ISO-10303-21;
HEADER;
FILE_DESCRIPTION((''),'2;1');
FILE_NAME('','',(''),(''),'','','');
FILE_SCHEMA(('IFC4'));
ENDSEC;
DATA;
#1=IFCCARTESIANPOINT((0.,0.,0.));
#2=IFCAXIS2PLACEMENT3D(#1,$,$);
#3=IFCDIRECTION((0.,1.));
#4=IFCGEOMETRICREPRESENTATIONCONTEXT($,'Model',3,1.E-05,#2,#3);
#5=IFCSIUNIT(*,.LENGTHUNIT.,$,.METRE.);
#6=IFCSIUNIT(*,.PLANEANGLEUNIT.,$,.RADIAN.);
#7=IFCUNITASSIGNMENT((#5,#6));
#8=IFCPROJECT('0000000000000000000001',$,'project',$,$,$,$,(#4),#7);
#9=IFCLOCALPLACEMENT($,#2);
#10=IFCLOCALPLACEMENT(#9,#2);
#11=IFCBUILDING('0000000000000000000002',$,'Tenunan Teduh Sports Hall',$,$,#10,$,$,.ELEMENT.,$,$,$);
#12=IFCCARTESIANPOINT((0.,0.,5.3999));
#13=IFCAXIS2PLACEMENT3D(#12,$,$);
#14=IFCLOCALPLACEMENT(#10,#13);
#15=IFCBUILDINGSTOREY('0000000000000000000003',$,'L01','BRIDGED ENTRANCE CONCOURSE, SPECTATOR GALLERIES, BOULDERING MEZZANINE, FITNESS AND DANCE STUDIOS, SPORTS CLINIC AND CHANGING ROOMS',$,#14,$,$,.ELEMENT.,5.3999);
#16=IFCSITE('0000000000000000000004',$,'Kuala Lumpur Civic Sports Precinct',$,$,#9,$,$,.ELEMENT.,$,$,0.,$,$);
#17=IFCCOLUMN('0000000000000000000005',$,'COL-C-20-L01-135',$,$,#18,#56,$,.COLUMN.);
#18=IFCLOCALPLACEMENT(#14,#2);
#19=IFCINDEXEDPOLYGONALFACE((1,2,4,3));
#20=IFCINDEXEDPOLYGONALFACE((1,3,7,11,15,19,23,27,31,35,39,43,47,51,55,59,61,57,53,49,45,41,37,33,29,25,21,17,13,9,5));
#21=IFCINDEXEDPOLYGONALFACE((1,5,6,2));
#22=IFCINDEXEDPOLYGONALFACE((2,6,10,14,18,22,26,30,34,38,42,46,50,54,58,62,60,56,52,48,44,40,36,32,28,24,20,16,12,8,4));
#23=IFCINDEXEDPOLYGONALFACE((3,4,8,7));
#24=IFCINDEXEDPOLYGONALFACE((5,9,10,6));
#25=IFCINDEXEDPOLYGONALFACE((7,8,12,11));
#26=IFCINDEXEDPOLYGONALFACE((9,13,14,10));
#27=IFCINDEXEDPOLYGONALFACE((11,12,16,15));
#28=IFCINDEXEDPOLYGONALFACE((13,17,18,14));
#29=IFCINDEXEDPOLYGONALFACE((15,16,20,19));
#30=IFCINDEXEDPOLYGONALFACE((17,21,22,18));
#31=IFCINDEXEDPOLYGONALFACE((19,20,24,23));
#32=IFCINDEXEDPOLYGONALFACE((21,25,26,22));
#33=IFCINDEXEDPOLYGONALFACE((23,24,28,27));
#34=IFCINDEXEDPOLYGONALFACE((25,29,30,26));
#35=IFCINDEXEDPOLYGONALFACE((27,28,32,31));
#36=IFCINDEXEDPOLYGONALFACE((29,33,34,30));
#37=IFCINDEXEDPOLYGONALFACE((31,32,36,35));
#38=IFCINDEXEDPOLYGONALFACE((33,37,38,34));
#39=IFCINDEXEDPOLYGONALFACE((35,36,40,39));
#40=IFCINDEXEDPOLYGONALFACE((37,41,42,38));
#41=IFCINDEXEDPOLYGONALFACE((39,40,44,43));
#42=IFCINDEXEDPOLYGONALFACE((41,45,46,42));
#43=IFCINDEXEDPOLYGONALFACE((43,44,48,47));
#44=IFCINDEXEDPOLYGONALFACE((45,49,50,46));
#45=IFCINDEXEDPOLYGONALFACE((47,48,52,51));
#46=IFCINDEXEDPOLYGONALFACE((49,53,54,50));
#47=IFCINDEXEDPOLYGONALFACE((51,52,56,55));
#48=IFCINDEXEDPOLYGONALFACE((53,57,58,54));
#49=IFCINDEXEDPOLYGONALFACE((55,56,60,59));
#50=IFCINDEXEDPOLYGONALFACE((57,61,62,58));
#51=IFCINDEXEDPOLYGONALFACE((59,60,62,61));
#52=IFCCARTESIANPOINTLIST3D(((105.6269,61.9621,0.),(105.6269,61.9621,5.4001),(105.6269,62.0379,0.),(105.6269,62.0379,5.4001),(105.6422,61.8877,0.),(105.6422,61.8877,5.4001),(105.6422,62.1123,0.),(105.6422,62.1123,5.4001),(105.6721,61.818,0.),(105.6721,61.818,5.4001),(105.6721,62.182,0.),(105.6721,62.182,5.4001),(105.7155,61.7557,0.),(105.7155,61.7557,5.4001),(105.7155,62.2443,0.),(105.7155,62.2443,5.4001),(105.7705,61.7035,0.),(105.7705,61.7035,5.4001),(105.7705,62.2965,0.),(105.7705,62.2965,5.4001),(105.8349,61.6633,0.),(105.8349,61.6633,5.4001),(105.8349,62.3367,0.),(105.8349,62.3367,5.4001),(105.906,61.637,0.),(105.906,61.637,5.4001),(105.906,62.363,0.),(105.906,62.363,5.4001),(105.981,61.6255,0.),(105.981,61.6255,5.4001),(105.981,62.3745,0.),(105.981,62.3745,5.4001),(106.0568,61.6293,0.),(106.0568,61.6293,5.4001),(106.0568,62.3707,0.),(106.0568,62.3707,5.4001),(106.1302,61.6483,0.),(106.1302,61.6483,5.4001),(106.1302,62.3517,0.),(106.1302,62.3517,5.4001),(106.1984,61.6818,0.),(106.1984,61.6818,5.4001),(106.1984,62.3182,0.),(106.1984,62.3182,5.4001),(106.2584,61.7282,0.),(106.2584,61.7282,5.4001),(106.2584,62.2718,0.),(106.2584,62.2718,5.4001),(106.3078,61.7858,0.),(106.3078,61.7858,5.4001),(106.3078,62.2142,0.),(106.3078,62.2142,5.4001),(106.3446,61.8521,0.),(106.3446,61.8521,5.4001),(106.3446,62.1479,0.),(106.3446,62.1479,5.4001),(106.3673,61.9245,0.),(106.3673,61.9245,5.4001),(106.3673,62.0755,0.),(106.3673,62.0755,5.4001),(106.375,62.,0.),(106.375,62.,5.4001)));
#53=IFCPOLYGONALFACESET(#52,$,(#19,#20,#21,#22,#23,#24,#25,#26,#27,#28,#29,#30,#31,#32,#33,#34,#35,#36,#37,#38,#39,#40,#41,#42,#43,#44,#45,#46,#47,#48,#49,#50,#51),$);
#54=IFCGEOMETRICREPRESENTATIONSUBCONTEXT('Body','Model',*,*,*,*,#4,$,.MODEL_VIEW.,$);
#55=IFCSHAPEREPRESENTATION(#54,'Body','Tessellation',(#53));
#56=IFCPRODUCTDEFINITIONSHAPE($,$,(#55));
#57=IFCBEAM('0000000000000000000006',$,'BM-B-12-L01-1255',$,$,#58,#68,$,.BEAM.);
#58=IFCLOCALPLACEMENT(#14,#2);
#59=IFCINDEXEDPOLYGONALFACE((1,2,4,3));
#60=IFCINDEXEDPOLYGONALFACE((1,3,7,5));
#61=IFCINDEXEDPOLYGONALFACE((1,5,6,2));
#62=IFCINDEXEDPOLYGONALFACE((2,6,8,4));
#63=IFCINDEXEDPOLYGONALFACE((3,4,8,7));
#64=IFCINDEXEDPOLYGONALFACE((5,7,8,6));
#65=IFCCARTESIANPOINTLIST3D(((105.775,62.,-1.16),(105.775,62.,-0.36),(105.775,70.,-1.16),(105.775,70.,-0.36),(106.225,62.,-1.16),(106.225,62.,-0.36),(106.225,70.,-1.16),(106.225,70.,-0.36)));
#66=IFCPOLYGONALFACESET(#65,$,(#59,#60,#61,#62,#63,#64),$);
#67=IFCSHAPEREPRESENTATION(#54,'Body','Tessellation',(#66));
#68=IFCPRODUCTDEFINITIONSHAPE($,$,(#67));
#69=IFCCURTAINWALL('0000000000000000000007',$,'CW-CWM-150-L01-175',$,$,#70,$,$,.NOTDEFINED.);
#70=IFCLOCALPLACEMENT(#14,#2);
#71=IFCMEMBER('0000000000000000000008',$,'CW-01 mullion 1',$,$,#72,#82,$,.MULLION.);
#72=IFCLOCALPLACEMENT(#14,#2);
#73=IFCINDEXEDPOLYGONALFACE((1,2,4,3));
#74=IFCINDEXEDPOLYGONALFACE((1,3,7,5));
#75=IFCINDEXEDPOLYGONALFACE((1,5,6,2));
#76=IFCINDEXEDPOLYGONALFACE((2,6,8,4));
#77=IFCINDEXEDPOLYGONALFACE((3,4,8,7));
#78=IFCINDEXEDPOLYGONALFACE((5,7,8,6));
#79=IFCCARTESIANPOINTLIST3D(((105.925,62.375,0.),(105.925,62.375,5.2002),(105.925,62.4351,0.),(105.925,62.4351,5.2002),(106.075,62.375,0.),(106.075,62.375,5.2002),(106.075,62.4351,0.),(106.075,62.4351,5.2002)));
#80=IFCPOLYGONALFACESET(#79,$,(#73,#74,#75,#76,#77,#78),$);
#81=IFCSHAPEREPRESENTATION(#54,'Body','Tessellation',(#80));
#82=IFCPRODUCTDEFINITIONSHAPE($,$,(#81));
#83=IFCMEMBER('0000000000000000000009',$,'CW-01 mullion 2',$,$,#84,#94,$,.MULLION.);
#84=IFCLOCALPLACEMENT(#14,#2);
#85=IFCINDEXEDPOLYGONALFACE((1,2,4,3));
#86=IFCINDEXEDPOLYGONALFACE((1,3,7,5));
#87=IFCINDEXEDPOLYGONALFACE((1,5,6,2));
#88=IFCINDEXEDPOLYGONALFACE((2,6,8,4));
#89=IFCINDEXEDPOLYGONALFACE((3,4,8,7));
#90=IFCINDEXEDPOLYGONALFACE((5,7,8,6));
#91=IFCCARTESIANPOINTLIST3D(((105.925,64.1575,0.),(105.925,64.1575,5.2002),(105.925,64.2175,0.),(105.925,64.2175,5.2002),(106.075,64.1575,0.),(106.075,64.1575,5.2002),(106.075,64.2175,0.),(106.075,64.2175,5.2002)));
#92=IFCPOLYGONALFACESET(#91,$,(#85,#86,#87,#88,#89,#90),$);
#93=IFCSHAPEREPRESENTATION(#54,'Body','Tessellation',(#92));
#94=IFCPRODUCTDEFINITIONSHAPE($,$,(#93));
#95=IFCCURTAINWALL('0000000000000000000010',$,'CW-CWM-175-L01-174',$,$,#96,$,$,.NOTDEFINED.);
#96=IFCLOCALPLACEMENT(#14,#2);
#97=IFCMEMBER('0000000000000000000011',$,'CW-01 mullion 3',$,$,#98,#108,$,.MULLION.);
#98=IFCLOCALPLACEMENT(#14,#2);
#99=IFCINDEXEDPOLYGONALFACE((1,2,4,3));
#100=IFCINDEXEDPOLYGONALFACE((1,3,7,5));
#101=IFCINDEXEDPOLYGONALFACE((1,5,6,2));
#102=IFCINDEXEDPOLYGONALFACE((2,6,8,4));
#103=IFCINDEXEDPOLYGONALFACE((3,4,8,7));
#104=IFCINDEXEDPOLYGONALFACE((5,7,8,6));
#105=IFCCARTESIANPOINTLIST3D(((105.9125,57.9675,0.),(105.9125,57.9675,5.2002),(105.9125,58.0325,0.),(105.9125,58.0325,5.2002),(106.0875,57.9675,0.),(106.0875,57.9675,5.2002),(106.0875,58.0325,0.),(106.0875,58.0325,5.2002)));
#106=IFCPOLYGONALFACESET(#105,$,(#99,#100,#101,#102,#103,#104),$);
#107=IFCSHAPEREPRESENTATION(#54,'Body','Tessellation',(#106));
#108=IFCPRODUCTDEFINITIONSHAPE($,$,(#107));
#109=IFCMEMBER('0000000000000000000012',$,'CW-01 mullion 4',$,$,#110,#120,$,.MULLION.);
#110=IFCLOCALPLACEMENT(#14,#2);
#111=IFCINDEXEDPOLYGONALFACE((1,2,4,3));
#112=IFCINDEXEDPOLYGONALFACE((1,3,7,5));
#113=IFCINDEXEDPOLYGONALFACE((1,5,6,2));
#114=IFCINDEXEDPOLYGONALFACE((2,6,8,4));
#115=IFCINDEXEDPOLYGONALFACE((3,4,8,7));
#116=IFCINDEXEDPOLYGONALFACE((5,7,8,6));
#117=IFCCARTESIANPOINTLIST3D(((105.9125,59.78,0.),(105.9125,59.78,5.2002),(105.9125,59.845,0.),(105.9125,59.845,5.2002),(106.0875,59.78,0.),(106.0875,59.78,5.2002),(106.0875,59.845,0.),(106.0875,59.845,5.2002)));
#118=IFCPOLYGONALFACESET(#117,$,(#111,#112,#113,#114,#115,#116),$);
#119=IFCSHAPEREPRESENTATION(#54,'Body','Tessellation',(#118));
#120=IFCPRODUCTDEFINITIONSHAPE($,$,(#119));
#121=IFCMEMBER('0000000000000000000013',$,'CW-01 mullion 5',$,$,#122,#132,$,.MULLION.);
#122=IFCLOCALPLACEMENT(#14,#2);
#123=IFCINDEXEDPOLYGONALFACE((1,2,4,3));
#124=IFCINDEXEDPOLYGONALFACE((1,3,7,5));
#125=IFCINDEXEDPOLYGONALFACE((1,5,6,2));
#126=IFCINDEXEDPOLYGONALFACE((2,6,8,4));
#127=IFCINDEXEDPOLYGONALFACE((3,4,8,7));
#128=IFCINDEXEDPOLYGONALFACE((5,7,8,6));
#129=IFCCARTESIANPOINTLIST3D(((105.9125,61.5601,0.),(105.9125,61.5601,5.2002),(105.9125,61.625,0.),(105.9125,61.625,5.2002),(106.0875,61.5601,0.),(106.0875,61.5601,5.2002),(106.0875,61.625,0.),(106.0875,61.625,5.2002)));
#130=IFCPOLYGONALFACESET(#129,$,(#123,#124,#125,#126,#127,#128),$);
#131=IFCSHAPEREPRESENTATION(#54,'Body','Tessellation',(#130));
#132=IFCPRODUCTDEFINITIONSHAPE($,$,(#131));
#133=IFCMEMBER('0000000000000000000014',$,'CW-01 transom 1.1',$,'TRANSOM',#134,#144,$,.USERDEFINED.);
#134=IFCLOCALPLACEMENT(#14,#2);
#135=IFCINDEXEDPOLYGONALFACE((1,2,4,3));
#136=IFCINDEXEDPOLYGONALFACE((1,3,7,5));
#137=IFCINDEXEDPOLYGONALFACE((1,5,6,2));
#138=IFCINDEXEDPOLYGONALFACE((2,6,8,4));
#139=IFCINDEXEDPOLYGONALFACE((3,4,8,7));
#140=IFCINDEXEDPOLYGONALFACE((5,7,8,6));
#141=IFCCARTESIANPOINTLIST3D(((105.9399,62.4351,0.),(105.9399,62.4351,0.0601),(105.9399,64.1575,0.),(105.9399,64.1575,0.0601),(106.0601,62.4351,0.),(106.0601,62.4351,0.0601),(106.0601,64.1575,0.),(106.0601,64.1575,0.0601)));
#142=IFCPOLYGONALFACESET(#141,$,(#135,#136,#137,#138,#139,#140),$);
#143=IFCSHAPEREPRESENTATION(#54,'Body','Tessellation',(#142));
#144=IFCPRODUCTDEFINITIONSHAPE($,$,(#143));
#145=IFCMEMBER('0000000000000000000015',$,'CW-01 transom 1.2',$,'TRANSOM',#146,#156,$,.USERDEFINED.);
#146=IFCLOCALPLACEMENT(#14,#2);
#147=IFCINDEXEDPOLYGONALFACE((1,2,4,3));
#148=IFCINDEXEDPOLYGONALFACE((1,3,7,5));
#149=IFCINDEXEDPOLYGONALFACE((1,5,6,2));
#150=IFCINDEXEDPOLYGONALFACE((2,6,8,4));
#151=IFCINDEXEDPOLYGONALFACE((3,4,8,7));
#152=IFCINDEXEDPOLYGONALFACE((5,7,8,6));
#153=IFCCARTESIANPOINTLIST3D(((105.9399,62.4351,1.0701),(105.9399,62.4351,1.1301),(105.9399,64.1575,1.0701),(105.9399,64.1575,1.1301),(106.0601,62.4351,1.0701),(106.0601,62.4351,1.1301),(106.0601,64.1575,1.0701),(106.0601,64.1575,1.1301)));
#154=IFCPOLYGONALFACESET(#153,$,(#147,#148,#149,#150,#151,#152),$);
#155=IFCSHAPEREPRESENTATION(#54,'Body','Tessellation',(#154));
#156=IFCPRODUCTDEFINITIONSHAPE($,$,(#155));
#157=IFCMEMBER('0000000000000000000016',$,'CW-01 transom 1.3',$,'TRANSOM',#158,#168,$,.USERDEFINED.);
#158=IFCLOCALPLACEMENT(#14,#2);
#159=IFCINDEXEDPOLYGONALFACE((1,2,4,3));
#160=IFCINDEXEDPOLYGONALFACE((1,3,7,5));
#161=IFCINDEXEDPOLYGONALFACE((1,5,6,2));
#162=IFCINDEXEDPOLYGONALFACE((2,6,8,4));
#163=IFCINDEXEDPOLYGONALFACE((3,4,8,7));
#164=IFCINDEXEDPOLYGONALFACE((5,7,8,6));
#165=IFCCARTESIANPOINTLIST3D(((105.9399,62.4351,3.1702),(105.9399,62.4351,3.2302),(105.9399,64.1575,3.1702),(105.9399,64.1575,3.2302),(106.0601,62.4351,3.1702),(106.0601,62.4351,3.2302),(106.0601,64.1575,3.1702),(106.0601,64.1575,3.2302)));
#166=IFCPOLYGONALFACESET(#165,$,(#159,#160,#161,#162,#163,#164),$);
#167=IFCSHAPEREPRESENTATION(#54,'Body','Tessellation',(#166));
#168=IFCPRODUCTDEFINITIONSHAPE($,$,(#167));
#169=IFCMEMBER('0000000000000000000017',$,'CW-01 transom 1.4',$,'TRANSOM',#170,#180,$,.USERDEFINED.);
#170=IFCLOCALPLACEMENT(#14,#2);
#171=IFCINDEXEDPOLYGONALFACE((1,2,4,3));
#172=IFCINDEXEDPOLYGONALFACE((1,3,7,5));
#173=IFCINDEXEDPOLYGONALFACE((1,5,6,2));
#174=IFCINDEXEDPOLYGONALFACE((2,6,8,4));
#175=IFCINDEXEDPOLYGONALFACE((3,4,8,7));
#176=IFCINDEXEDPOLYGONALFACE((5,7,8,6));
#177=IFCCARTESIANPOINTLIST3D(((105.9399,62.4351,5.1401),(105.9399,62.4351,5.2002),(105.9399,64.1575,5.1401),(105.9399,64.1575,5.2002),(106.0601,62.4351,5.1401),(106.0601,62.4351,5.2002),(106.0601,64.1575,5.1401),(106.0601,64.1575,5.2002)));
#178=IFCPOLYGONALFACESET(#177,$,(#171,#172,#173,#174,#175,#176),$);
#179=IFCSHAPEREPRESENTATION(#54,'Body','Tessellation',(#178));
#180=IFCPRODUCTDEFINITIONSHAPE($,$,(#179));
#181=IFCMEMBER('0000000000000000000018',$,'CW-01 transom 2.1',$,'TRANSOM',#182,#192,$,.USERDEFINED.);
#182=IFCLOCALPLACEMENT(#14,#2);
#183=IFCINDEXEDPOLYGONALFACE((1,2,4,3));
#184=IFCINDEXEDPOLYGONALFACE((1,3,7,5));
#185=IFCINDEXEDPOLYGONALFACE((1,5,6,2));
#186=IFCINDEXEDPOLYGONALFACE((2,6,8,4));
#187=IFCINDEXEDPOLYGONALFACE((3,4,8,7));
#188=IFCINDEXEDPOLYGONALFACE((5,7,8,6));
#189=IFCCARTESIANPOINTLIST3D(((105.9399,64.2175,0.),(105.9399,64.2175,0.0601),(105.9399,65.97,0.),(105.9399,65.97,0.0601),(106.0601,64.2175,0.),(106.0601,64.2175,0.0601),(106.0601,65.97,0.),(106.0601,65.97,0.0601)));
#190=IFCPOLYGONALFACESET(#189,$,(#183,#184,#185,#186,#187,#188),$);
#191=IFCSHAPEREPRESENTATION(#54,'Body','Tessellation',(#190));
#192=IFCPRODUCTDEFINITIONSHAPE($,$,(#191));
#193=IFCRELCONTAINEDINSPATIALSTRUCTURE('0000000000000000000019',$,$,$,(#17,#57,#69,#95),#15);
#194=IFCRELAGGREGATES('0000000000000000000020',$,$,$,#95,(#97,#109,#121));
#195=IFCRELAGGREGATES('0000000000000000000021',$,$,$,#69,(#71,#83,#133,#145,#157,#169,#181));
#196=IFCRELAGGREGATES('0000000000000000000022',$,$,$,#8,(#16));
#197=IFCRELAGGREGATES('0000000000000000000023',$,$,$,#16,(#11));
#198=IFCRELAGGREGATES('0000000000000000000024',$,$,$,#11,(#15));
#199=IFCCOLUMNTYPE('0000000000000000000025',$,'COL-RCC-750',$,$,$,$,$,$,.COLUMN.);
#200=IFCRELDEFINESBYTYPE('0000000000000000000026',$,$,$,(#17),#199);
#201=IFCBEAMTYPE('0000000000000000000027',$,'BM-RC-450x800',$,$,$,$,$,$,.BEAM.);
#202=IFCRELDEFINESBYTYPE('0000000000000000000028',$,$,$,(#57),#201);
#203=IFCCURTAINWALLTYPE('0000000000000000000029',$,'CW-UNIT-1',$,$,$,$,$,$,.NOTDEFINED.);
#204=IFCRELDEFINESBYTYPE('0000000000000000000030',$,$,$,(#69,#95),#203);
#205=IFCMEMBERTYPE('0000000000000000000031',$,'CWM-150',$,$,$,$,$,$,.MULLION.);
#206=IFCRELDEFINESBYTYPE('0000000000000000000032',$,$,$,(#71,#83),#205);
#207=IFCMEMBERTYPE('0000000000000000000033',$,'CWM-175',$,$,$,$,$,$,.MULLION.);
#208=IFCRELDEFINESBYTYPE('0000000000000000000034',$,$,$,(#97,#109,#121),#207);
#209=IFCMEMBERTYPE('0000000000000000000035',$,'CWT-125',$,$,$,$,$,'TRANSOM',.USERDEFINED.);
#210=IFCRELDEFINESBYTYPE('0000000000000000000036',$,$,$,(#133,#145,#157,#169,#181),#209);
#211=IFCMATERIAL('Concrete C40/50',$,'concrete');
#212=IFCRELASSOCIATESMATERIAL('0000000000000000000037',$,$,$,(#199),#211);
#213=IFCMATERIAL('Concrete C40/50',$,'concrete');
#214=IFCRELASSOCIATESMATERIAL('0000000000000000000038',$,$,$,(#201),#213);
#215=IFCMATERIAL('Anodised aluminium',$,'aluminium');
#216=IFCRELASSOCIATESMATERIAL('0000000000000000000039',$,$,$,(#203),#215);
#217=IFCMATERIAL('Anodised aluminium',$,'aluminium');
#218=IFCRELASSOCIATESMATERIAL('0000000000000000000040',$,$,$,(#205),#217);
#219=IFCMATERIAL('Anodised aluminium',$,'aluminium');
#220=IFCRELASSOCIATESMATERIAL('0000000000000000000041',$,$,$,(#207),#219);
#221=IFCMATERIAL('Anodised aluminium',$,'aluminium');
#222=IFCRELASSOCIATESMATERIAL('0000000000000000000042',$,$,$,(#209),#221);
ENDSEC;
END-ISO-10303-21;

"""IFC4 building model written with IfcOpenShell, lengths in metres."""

from ifc_helpers import new_model, si_unit, direction, frame, origin, origin_2d, place, context, subcontext, project, spatial, rectangle, circle, extrude, material, material_profile, profile_set, type_object, element, aggregate, save


model = new_model("IFC4")

# Units and contexts
model_context = context("Model", 3, precision=1e-05, world=origin(), true_north=direction((0.0, 1.0)))
body_context = subcontext(model_context, "Body", "Model", "MODEL_VIEW")
ifc_project = project(units=[si_unit("LENGTHUNIT", "METRE"), si_unit("PLANEANGLEUNIT", "RADIAN")], contexts=[model_context])

# Site, building, storey
site_placement = place(None, origin())
site = spatial("IfcSite", under=ifc_project, at=site_placement, Name="Kuala Lumpur Civic Sports Precinct", CompositionType="ELEMENT", RefElevation=0.0)
building_placement = place(site_placement, origin())
building = spatial("IfcBuilding", under=site, at=building_placement, Name="Tenunan Teduh Sports Hall", CompositionType="ELEMENT")
storey_placement = place(building_placement, frame((0.0, 0.0, 5.3999)))
storey = spatial("IfcBuildingStorey", under=building, at=storey_placement, Name="L01", Description="BRIDGED ENTRANCE CONCOURSE, SPECTATOR GALLERIES, BOULDERING MEZZANINE, FITNESS AND DANCE STUDIOS, SPORTS CLINIC AND CHANGING ROOMS", CompositionType="ELEMENT", Elevation=5.3999)

# Column
ifc_material_1 = material(Name="Concrete C40/50", Category="concrete")
ifc_material_profile_1 = material_profile(ifc_material_1, circle(Radius=0.375, at=origin_2d()), Name="RCC D750")
ifc_profile_set_1 = profile_set([ifc_material_profile_1], Name="Concrete C40/50")
column_type = type_object("IfcColumnType", Name="COL-RCC-750", PredefinedType="COLUMN", material=ifc_profile_set_1)
column_placement = place(storey_placement, frame((106.0, 62.0, 0.0), z_axis=(0.0, 0.0, 1.0), x_axis=(1.0, 0.0, 0.0)))
element("IfcColumn", 1, at=column_placement, inside=storey, type_object=column_type, Name="COL-C-20-L01-135", PredefinedType="COLUMN", context=body_context, shape_type="SweptSolid", body=[
    extrude(circle(Radius=0.375, at=origin_2d()), origin(), (0.0, 0.0, 1.0), 5.4001),
])

# Beam
ifc_material_2 = material(Name="Concrete C40/50", Category="concrete")
ifc_material_profile_2 = material_profile(ifc_material_2, rectangle(XDim=0.45, YDim=0.8, at=origin_2d()), Name="RCB 450x800")
ifc_profile_set_2 = profile_set([ifc_material_profile_2], Name="Concrete C40/50")
beam_type = type_object("IfcBeamType", Name="BM-RC-450x800", PredefinedType="BEAM", material=ifc_profile_set_2)
beam_placement = place(storey_placement, frame((106.0, 62.0, -0.76), z_axis=(0.0, 1.0, 0.0), x_axis=(-1.0, 0.0, 0.0)))
element("IfcBeam", 2, at=beam_placement, inside=storey, type_object=beam_type, Name="BM-B-12-L01-1255", PredefinedType="BEAM", context=body_context, shape_type="SweptSolid", body=[
    extrude(rectangle(XDim=0.45, YDim=0.8, at=origin_2d()), origin(), (0.0, 0.0, 1.0), 8.0),
])

# Curtain walls, members
ifc_material_3 = material(Name="Anodised aluminium", Category="aluminium")
curtain_wall_type = type_object("IfcCurtainWallType", Name="CW-UNIT-1", PredefinedType="NOTDEFINED", material=ifc_material_3)
curtain_wall_1_placement = place(storey_placement, origin())
curtain_wall_1 = element("IfcCurtainWall", 3, at=curtain_wall_1_placement, inside=storey, type_object=curtain_wall_type, Name="CW-CWM-150-L01-175", PredefinedType="NOTDEFINED")
ifc_material_4 = material(Name="Anodised aluminium", Category="aluminium")
ifc_material_profile_3 = material_profile(ifc_material_4, rectangle(XDim=0.0601, YDim=0.1499, at=origin_2d()), Name="CWM 60x150")
ifc_profile_set_3 = profile_set([ifc_material_profile_3], Name="Anodised aluminium")
member_type_1 = type_object("IfcMemberType", Name="CWM-150", PredefinedType="MULLION", material=ifc_profile_set_3)
member_1_placement = place(storey_placement, frame((106.0, 62.405, 0.0), z_axis=(0.0, 0.0, 1.0), x_axis=(0.0, 1.0, 0.0)))
member_1 = element("IfcMember", 4, at=member_1_placement, type_object=member_type_1, Name="CW-01 mullion 1", PredefinedType="MULLION", context=body_context, shape_type="SweptSolid", body=[
    extrude(rectangle(XDim=0.0601, YDim=0.1499, at=origin_2d()), origin(), (0.0, 0.0, 1.0), 5.2002),
])
member_2_placement = place(storey_placement, frame((106.0, 64.1875, 0.0), z_axis=(0.0, 0.0, 1.0), x_axis=(0.0, 1.0, 0.0)))
member_2 = element("IfcMember", 5, at=member_2_placement, type_object=member_type_1, Name="CW-01 mullion 2", PredefinedType="MULLION", context=body_context, shape_type="SweptSolid", body=[
    extrude(rectangle(XDim=0.0601, YDim=0.1499, at=origin_2d()), origin(), (0.0, 0.0, 1.0), 5.2002),
])
curtain_wall_2_placement = place(storey_placement, origin())
curtain_wall_2 = element("IfcCurtainWall", 6, at=curtain_wall_2_placement, inside=storey, type_object=curtain_wall_type, Name="CW-CWM-175-L01-174", PredefinedType="NOTDEFINED")
ifc_material_5 = material(Name="Anodised aluminium", Category="aluminium")
ifc_material_profile_4 = material_profile(ifc_material_5, rectangle(XDim=0.0649, YDim=0.175, at=origin_2d()), Name="CWM 65x175")
ifc_profile_set_4 = profile_set([ifc_material_profile_4], Name="Anodised aluminium")
member_type_2 = type_object("IfcMemberType", Name="CWM-175", PredefinedType="MULLION", material=ifc_profile_set_4)
member_3_placement = place(storey_placement, frame((106.0, 58.0, 0.0), z_axis=(0.0, 0.0, 1.0), x_axis=(0.0, 1.0, 0.0)))
member_3 = element("IfcMember", 7, at=member_3_placement, type_object=member_type_2, Name="CW-01 mullion 3", PredefinedType="MULLION", context=body_context, shape_type="SweptSolid", body=[
    extrude(rectangle(XDim=0.0649, YDim=0.175, at=origin_2d()), origin(), (0.0, 0.0, 1.0), 5.2002),
])
member_4_placement = place(storey_placement, frame((106.0, 59.8125, 0.0), z_axis=(0.0, 0.0, 1.0), x_axis=(0.0, 1.0, 0.0)))
member_4 = element("IfcMember", 8, at=member_4_placement, type_object=member_type_2, Name="CW-01 mullion 4", PredefinedType="MULLION", context=body_context, shape_type="SweptSolid", body=[
    extrude(rectangle(XDim=0.0649, YDim=0.175, at=origin_2d()), origin(), (0.0, 0.0, 1.0), 5.2002),
])
member_5_placement = place(storey_placement, frame((106.0, 61.5925, 0.0), z_axis=(0.0, 0.0, 1.0), x_axis=(0.0, 1.0, 0.0)))
member_5 = element("IfcMember", 9, at=member_5_placement, type_object=member_type_2, Name="CW-01 mullion 5", PredefinedType="MULLION", context=body_context, shape_type="SweptSolid", body=[
    extrude(rectangle(XDim=0.0649, YDim=0.175, at=origin_2d()), origin(), (0.0, 0.0, 1.0), 5.2002),
])

# Members
ifc_material_6 = material(Name="Anodised aluminium", Category="aluminium")
ifc_material_profile_5 = material_profile(ifc_material_6, rectangle(XDim=0.0601, YDim=0.1201, at=origin_2d()), Name="CWT 60x120")
ifc_profile_set_5 = profile_set([ifc_material_profile_5], Name="Anodised aluminium")
member_type_3 = type_object("IfcMemberType", Name="CWT-125", ElementType="TRANSOM", PredefinedType="USERDEFINED", material=ifc_profile_set_5)
member_6_placement = place(storey_placement, frame((106.0, 62.4351, 0.03), z_axis=(0.0, 1.0, 0.0), x_axis=(0.0, 0.0, 1.0)))
member_6 = element("IfcMember", 10, at=member_6_placement, type_object=member_type_3, Name="CW-01 transom 1.1", ObjectType="TRANSOM", PredefinedType="USERDEFINED", context=body_context, shape_type="SweptSolid", body=[
    extrude(rectangle(XDim=0.0601, YDim=0.1201, at=origin_2d()), origin(), (0.0, 0.0, 1.0), 1.7224),
])
member_7_placement = place(storey_placement, frame((106.0, 62.4351, 1.1001), z_axis=(0.0, 1.0, 0.0), x_axis=(0.0, 0.0, 1.0)))
member_7 = element("IfcMember", 11, at=member_7_placement, type_object=member_type_3, Name="CW-01 transom 1.2", ObjectType="TRANSOM", PredefinedType="USERDEFINED", context=body_context, shape_type="SweptSolid", body=[
    extrude(rectangle(XDim=0.0601, YDim=0.1201, at=origin_2d()), origin(), (0.0, 0.0, 1.0), 1.7224),
])
member_8_placement = place(storey_placement, frame((106.0, 62.4351, 3.2002), z_axis=(0.0, 1.0, 0.0), x_axis=(0.0, 0.0, 1.0)))
member_8 = element("IfcMember", 12, at=member_8_placement, type_object=member_type_3, Name="CW-01 transom 1.3", ObjectType="TRANSOM", PredefinedType="USERDEFINED", context=body_context, shape_type="SweptSolid", body=[
    extrude(rectangle(XDim=0.0601, YDim=0.1201, at=origin_2d()), origin(), (0.0, 0.0, 1.0), 1.7224),
])
member_9_placement = place(storey_placement, frame((106.0, 62.4351, 5.1702), z_axis=(0.0, 1.0, 0.0), x_axis=(0.0, 0.0, 1.0)))
member_9 = element("IfcMember", 13, at=member_9_placement, type_object=member_type_3, Name="CW-01 transom 1.4", ObjectType="TRANSOM", PredefinedType="USERDEFINED", context=body_context, shape_type="SweptSolid", body=[
    extrude(rectangle(XDim=0.0601, YDim=0.1201, at=origin_2d()), origin(), (0.0, 0.0, 1.0), 1.7224),
])
member_10_placement = place(storey_placement, frame((106.0, 64.2175, 0.03), z_axis=(0.0, 1.0, 0.0), x_axis=(0.0, 0.0, 1.0)))
member_10 = element("IfcMember", 14, at=member_10_placement, type_object=member_type_3, Name="CW-01 transom 2.1", ObjectType="TRANSOM", PredefinedType="USERDEFINED", context=body_context, shape_type="SweptSolid", body=[
    extrude(rectangle(XDim=0.0601, YDim=0.1201, at=origin_2d()), origin(), (0.0, 0.0, 1.0), 1.7524),
])

aggregate(curtain_wall_2, [member_3, member_4, member_5])
aggregate(curtain_wall_1, [member_1, member_2, member_6, member_7, member_8, member_9, member_10])

save(model, "model.ifc")
